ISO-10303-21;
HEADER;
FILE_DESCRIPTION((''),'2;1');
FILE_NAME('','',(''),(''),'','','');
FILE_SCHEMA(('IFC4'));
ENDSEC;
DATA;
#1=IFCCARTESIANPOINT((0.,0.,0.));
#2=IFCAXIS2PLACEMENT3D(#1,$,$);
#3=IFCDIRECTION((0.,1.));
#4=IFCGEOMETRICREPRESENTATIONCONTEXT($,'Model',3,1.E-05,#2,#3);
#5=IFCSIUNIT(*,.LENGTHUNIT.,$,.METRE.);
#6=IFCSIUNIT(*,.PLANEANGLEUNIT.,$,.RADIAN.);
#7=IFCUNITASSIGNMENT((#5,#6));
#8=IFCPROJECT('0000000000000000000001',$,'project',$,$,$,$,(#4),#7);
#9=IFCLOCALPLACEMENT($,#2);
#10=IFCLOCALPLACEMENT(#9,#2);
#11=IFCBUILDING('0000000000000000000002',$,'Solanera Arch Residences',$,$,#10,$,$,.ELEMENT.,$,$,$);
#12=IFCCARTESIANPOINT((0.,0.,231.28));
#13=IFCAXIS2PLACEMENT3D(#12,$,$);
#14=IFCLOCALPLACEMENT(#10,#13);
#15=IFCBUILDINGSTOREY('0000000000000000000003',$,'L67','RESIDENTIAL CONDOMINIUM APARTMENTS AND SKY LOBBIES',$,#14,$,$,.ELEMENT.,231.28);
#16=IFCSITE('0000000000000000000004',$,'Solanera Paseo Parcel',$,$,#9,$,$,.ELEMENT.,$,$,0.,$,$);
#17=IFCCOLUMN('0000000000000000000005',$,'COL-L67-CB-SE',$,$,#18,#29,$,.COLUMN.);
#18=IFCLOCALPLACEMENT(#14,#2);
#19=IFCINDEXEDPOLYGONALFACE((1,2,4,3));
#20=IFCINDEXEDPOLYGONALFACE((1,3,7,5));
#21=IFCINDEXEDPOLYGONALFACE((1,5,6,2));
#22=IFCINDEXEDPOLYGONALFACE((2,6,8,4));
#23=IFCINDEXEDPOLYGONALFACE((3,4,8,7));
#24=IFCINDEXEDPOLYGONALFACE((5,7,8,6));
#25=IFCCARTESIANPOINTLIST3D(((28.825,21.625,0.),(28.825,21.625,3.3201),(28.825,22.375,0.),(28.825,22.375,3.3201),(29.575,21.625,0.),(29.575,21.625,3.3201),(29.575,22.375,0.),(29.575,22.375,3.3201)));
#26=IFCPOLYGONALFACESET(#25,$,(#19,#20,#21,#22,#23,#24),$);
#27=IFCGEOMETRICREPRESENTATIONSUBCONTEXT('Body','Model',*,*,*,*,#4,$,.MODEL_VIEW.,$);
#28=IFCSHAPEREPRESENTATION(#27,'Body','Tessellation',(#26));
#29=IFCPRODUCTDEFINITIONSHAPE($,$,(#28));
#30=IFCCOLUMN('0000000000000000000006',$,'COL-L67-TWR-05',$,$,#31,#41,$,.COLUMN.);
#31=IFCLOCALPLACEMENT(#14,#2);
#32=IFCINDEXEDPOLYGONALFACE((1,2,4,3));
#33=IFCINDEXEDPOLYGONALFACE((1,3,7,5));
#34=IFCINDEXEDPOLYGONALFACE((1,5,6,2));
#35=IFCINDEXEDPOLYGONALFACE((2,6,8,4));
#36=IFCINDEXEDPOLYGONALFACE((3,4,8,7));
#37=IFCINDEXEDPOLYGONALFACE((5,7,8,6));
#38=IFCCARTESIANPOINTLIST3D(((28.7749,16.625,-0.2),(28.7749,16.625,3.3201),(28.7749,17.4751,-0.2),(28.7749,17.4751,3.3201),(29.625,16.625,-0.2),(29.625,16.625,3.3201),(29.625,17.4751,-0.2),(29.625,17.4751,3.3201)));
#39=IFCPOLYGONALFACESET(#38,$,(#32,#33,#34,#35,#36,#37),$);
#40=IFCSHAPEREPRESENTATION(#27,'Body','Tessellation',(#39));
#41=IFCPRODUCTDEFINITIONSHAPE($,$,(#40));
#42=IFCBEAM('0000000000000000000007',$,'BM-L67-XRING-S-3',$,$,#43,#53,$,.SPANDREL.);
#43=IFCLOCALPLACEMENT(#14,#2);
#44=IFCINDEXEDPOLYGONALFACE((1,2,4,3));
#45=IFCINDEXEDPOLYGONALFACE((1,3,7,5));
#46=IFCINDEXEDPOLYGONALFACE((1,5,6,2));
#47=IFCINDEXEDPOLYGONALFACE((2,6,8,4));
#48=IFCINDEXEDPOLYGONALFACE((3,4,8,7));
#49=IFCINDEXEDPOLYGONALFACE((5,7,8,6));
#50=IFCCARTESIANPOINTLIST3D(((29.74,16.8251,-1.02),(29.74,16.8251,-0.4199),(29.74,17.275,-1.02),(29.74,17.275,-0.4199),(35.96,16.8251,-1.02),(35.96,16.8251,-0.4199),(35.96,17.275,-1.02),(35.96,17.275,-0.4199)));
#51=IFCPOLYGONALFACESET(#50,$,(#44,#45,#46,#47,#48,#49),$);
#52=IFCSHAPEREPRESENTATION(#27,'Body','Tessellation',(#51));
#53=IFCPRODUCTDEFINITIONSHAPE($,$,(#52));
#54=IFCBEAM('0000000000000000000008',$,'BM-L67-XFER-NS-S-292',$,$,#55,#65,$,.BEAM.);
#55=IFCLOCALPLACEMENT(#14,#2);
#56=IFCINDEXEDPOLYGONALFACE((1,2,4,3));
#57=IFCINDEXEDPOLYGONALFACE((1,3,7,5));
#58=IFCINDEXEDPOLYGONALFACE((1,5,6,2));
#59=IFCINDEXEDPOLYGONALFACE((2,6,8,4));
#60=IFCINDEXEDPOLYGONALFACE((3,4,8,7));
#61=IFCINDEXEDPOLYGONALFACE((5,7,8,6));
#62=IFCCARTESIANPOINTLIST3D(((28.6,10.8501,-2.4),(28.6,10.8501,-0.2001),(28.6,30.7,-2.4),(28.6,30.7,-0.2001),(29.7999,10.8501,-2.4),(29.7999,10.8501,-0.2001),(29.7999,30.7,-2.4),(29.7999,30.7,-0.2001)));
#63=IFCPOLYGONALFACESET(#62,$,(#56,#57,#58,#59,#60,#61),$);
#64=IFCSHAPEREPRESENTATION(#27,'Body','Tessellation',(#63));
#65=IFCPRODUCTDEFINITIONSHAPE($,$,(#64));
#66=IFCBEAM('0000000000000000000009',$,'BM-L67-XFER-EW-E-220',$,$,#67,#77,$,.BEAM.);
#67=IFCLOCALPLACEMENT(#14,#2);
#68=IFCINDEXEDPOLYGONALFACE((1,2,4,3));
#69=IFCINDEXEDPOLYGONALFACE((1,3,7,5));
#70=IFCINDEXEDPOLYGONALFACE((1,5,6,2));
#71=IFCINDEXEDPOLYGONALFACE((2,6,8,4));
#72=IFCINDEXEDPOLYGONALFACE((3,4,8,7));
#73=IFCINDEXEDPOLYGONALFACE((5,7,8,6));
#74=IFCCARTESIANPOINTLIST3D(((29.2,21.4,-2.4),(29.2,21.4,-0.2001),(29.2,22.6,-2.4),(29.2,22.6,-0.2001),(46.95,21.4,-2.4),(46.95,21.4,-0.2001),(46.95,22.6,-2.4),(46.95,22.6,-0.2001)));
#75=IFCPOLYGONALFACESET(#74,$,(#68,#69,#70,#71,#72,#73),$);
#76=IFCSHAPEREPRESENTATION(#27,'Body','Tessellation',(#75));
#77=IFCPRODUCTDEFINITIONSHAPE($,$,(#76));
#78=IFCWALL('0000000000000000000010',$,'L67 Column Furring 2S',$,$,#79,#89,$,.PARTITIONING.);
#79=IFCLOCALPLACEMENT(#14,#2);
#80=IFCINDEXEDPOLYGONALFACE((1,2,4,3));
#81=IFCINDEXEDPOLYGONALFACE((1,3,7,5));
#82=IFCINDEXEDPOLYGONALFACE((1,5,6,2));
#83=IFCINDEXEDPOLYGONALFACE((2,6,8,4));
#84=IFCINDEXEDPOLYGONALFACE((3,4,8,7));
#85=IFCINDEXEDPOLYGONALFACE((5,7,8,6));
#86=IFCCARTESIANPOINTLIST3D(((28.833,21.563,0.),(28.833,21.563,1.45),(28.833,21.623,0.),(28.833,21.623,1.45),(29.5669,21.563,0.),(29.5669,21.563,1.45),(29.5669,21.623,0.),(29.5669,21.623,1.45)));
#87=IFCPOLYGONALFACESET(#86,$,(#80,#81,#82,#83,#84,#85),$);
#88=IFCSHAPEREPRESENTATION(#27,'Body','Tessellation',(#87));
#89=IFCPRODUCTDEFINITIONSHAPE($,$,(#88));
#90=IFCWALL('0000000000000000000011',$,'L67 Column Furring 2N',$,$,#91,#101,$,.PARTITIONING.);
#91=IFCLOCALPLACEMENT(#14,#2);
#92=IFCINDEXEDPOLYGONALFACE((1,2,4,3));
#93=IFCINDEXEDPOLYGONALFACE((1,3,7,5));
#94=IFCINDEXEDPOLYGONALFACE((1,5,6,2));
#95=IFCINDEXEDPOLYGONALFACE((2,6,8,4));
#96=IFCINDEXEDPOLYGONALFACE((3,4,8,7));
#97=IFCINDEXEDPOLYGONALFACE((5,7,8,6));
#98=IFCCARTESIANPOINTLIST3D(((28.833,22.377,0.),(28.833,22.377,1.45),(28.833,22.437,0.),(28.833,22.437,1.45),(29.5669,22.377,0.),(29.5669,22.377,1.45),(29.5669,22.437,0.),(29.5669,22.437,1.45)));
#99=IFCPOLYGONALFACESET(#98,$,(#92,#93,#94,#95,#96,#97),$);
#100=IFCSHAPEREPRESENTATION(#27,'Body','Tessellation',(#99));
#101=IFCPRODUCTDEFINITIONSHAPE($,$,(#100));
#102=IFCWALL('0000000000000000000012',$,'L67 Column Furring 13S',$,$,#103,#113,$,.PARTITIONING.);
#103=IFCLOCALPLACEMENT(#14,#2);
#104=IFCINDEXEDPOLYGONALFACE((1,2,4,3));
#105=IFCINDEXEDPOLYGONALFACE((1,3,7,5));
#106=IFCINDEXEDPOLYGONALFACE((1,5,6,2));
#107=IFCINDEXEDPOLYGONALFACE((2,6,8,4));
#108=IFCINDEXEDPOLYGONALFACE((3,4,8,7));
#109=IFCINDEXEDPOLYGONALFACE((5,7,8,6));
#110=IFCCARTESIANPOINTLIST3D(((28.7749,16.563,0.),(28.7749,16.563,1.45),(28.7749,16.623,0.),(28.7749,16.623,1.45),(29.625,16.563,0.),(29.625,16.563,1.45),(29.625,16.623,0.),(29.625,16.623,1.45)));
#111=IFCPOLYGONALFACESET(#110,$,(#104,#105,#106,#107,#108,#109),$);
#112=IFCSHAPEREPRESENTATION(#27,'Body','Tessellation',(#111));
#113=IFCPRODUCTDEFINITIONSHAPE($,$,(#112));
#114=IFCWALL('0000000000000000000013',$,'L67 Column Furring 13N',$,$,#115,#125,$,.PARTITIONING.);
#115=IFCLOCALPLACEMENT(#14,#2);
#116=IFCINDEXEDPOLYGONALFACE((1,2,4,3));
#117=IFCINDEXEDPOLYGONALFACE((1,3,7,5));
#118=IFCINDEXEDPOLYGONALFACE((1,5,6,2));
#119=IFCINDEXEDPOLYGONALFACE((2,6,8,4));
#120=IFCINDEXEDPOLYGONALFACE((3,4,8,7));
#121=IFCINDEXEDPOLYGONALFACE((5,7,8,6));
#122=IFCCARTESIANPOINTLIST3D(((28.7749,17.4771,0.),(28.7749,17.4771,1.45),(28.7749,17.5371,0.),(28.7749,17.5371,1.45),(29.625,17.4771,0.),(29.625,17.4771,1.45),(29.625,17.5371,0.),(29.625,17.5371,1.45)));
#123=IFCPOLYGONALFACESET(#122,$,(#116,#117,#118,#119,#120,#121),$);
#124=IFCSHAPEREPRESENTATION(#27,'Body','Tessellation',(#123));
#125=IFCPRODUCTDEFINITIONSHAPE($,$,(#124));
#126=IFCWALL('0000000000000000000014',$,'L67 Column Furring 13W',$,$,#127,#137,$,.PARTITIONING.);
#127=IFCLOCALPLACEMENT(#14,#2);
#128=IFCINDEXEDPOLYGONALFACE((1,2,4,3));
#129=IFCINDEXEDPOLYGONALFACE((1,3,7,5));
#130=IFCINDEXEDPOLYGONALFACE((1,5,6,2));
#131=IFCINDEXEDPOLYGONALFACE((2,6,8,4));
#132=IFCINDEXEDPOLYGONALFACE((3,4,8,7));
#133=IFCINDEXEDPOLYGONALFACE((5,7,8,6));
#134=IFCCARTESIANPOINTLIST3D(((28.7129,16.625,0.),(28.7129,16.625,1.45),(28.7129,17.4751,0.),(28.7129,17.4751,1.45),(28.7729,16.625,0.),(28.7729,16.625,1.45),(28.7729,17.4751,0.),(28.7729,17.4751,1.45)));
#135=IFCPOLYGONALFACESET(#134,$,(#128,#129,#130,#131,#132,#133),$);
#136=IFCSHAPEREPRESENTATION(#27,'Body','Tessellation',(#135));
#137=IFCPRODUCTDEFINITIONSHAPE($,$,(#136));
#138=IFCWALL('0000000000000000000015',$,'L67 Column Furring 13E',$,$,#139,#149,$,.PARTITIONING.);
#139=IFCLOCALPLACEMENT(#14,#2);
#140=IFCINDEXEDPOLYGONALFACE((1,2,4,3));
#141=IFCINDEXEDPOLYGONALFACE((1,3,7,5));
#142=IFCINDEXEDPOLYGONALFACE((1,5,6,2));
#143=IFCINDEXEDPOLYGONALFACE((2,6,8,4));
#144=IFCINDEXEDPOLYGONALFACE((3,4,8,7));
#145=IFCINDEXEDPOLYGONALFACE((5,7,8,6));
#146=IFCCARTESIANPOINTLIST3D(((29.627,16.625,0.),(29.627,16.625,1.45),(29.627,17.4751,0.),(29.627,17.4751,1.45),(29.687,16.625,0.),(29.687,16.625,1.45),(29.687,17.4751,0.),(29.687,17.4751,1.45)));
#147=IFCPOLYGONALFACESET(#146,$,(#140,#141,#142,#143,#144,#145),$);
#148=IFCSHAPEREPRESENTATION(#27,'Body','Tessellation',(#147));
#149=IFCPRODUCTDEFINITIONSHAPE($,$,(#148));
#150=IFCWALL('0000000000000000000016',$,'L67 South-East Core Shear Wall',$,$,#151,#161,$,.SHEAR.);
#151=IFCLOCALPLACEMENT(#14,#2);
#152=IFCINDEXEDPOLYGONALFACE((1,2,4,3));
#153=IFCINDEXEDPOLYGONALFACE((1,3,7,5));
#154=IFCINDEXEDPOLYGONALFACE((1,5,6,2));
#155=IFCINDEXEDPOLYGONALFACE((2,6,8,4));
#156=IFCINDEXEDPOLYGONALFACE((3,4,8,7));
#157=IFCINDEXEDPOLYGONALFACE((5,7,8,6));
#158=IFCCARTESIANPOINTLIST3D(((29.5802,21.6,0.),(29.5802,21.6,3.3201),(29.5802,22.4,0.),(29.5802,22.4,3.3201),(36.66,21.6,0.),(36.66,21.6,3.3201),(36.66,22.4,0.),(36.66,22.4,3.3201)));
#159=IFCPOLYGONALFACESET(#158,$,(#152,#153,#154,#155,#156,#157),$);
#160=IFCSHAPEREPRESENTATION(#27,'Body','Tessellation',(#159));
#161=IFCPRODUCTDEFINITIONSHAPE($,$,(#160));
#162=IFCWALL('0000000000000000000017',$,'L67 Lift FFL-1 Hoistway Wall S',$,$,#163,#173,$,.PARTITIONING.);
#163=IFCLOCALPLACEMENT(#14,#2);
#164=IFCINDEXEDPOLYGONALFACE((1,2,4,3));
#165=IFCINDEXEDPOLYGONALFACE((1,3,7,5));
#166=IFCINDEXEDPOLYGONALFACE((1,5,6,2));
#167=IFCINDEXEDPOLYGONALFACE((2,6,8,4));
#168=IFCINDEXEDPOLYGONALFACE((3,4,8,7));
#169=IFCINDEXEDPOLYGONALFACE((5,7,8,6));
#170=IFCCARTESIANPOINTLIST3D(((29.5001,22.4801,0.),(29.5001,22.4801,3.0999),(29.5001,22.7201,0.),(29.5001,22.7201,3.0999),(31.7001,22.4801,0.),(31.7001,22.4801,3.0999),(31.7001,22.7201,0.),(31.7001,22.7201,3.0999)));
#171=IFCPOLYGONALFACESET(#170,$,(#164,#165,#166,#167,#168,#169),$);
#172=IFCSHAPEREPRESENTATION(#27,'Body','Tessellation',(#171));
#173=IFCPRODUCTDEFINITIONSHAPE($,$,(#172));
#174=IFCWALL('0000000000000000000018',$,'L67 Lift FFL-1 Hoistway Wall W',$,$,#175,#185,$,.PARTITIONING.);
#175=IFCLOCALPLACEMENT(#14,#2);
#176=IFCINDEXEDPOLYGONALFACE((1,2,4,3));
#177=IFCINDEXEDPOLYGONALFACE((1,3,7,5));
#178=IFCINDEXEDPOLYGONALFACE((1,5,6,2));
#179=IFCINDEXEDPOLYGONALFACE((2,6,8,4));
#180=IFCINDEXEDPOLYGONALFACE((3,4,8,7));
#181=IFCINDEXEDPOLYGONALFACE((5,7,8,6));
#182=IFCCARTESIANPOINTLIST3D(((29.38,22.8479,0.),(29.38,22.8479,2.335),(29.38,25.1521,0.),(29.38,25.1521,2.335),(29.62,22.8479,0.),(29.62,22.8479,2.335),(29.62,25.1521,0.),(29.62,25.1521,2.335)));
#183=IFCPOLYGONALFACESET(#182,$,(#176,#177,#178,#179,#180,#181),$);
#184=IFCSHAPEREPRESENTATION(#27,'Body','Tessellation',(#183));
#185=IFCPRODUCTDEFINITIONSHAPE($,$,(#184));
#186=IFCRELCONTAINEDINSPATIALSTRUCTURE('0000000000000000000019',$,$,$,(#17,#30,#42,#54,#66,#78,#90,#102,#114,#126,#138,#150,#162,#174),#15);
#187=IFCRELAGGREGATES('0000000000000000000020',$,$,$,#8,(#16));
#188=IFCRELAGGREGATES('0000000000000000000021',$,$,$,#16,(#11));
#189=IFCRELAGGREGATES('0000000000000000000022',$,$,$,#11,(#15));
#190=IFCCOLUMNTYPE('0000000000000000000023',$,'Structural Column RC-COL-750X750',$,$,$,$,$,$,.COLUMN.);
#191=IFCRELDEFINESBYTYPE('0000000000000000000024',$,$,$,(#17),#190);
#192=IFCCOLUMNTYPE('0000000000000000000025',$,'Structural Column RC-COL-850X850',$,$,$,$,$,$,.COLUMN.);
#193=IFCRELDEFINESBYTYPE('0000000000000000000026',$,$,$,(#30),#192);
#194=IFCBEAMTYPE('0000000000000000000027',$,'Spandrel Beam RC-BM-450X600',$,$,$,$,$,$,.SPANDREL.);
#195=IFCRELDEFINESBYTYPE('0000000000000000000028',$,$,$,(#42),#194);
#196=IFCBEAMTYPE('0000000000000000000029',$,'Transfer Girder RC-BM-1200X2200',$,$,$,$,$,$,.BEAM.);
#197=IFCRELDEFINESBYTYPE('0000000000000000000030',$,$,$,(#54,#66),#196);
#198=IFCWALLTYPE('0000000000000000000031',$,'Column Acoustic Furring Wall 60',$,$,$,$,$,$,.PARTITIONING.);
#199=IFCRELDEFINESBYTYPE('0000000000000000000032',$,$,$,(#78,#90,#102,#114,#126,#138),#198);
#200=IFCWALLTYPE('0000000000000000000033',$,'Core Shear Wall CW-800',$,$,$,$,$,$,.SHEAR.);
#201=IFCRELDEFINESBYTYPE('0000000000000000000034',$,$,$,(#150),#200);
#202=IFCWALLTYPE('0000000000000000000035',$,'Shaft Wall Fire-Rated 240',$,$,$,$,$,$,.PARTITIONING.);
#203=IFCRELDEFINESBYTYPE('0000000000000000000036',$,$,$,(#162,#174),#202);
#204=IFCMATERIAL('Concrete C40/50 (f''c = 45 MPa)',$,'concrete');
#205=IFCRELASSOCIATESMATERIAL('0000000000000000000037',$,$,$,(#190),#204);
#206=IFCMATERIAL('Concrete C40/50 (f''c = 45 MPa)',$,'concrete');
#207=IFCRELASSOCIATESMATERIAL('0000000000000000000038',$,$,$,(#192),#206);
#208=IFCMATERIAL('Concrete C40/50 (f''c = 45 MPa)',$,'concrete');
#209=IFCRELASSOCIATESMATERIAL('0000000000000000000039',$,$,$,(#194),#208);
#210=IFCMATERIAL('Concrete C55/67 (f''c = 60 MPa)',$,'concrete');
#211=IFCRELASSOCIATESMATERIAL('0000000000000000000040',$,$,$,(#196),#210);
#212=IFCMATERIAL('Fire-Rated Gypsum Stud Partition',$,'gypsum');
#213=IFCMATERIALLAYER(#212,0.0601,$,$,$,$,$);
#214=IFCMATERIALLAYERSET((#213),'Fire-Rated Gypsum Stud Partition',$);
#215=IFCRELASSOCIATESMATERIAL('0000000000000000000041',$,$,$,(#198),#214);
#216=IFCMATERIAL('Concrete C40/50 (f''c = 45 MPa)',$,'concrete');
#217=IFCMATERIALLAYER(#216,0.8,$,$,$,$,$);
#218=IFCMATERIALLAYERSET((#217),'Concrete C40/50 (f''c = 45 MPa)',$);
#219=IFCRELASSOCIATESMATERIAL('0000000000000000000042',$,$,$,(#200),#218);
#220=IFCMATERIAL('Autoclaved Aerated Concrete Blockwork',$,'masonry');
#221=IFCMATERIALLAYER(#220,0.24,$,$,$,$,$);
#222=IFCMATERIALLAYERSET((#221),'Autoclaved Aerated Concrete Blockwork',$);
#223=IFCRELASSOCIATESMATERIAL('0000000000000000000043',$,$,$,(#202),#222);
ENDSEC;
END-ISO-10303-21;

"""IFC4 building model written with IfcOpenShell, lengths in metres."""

from ifc_helpers import new_model, si_unit, direction, frame, frame_2d, origin, origin_2d, place, context, subcontext, project, spatial, rectangle, extrude, material, layer, layer_set, material_profile, profile_set, type_object, element, save


model = new_model("IFC4")

# Units and contexts
model_context = context("Model", 3, precision=1e-05, world=origin(), true_north=direction((0.0, 1.0)))
body_context = subcontext(model_context, "Body", "Model", "MODEL_VIEW")
ifc_project = project(units=[si_unit("LENGTHUNIT", "METRE"), si_unit("PLANEANGLEUNIT", "RADIAN")], contexts=[model_context])

# Site, building, storey
site_placement = place(None, origin())
site = spatial("IfcSite", under=ifc_project, at=site_placement, Name="Solanera Paseo Parcel", CompositionType="ELEMENT", RefElevation=0.0)
building_placement = place(site_placement, origin())
building = spatial("IfcBuilding", under=site, at=building_placement, Name="Solanera Arch Residences", CompositionType="ELEMENT")
storey_placement = place(building_placement, frame((0.0, 0.0, 231.28)))
storey = spatial("IfcBuildingStorey", under=building, at=storey_placement, Name="L67", Description="RESIDENTIAL CONDOMINIUM APARTMENTS AND SKY LOBBIES", CompositionType="ELEMENT", Elevation=231.28)

# Columns
ifc_material_1 = material(Name="Concrete C40/50 (f'c = 45 MPa)", Category="concrete")
ifc_material_profile_1 = material_profile(ifc_material_1, rectangle(XDim=0.75, YDim=0.75, at=origin_2d()))
ifc_profile_set_1 = profile_set([ifc_material_profile_1], Name="Concrete C40/50 (f'c = 45 MPa)")
column_type_1 = type_object("IfcColumnType", Name="Structural Column RC-COL-750X750", PredefinedType="COLUMN", material=ifc_profile_set_1)
column_1_placement = place(storey_placement, frame((29.2, 22.0, 0.0), z_axis=(0.0, 0.0, 1.0), x_axis=(1.0, 0.0, 0.0)))
element("IfcColumn", 1, at=column_1_placement, inside=storey, type_object=column_type_1, Name="COL-L67-CB-SE", PredefinedType="COLUMN", context=body_context, shape_type="SweptSolid", body=[
    extrude(rectangle(XDim=0.75, YDim=0.75, at=origin_2d()), origin(), (0.0, 0.0, 1.0), 3.3201),
])
ifc_material_2 = material(Name="Concrete C40/50 (f'c = 45 MPa)", Category="concrete")
ifc_material_profile_2 = material_profile(ifc_material_2, rectangle(XDim=0.8501, YDim=0.8501, at=origin_2d()))
ifc_profile_set_2 = profile_set([ifc_material_profile_2], Name="Concrete C40/50 (f'c = 45 MPa)")
column_type_2 = type_object("IfcColumnType", Name="Structural Column RC-COL-850X850", PredefinedType="COLUMN", material=ifc_profile_set_2)
column_2_placement = place(storey_placement, frame((29.2, 17.05, -0.2), z_axis=(0.0, 0.0, 1.0), x_axis=(1.0, 0.0, 0.0)))
element("IfcColumn", 2, at=column_2_placement, inside=storey, type_object=column_type_2, Name="COL-L67-TWR-05", PredefinedType="COLUMN", context=body_context, shape_type="SweptSolid", body=[
    extrude(rectangle(XDim=0.8501, YDim=0.8501, at=origin_2d()), origin(), (0.0, 0.0, 1.0), 3.52),
])

# Beams
ifc_material_3 = material(Name="Concrete C40/50 (f'c = 45 MPa)", Category="concrete")
ifc_material_profile_3 = material_profile(ifc_material_3, rectangle(XDim=0.45, YDim=0.6001, at=origin_2d()))
ifc_profile_set_3 = profile_set([ifc_material_profile_3], Name="Concrete C40/50 (f'c = 45 MPa)")
beam_type_1 = type_object("IfcBeamType", Name="Spandrel Beam RC-BM-450X600", PredefinedType="SPANDREL", material=ifc_profile_set_3)
beam_1_placement = place(storey_placement, frame((29.74, 17.05, -0.72), z_axis=(1.0, 0.0, 0.0), x_axis=(0.0, 1.0, 0.0)))
element("IfcBeam", 3, at=beam_1_placement, inside=storey, type_object=beam_type_1, Name="BM-L67-XRING-S-3", PredefinedType="SPANDREL", context=body_context, shape_type="SweptSolid", body=[
    extrude(rectangle(XDim=0.45, YDim=0.6001, at=origin_2d()), origin(), (0.0, 0.0, 1.0), 6.22),
])
ifc_material_4 = material(Name="Concrete C55/67 (f'c = 60 MPa)", Category="concrete")
ifc_material_profile_4 = material_profile(ifc_material_4, rectangle(XDim=1.2, YDim=2.2, at=origin_2d()))
ifc_profile_set_4 = profile_set([ifc_material_profile_4], Name="Concrete C55/67 (f'c = 60 MPa)")
beam_type_2 = type_object("IfcBeamType", Name="Transfer Girder RC-BM-1200X2200", PredefinedType="BEAM", material=ifc_profile_set_4)
beam_2_placement = place(storey_placement, frame((29.2, 10.8501, -1.3), z_axis=(0.0, 1.0, 0.0), x_axis=(-1.0, 0.0, 0.0)))
element("IfcBeam", 4, at=beam_2_placement, inside=storey, type_object=beam_type_2, Name="BM-L67-XFER-NS-S-292", PredefinedType="BEAM", context=body_context, shape_type="SweptSolid", body=[
    extrude(rectangle(XDim=1.2, YDim=2.2, at=origin_2d()), origin(), (0.0, 0.0, 1.0), 19.8499),
])
beam_3_placement = place(storey_placement, frame((29.2, 22.0, -1.3), z_axis=(1.0, 0.0, 0.0), x_axis=(0.0, 1.0, 0.0)))
element("IfcBeam", 5, at=beam_3_placement, inside=storey, type_object=beam_type_2, Name="BM-L67-XFER-EW-E-220", PredefinedType="BEAM", context=body_context, shape_type="SweptSolid", body=[
    extrude(rectangle(XDim=1.2, YDim=2.2, at=origin_2d()), origin(), (0.0, 0.0, 1.0), 17.75),
])

# Walls
ifc_material_5 = material(Name="Fire-Rated Gypsum Stud Partition", Category="gypsum")
ifc_layer_1 = layer(ifc_material_5, 0.0601)
ifc_layer_set_1 = layer_set([ifc_layer_1], Name="Fire-Rated Gypsum Stud Partition")
wall_type_1 = type_object("IfcWallType", Name="Column Acoustic Furring Wall 60", PredefinedType="PARTITIONING", material=ifc_layer_set_1)
for number, where, z_axis, x_axis, name in (
    (6, (28.833, 21.593, 0.0), (0.0, 0.0, 1.0), (1.0, 0.0, 0.0), "L67 Column Furring 2S"),
    (7, (28.833, 22.407, 0.0), (0.0, 0.0, 1.0), (1.0, 0.0, 0.0), "L67 Column Furring 2N"),
):
    element("IfcWall", number, at=place(storey_placement, frame(where, z_axis=z_axis, x_axis=x_axis)), inside=storey, type_object=wall_type_1, Name=name, PredefinedType="PARTITIONING", context=body_context, shape_type="SweptSolid", body=[
        extrude(rectangle(XDim=0.7339, YDim=0.0601, at=frame_2d((0.3669, 0.0))), origin(), (0.0, 0.0, 1.0), 1.45),
    ])
for number, where, z_axis, x_axis, name in (
    (8, (28.7749, 16.593, 0.0), (0.0, 0.0, 1.0), (1.0, 0.0, 0.0), "L67 Column Furring 13S"),
    (9, (28.7749, 17.5071, 0.0), (0.0, 0.0, 1.0), (1.0, 0.0, 0.0), "L67 Column Furring 13N"),
    (10, (28.7429, 16.625, 0.0), (0.0, 0.0, 1.0), (0.0, 1.0, 0.0), "L67 Column Furring 13W"),
    (11, (29.657, 16.625, 0.0), (0.0, 0.0, 1.0), (0.0, 1.0, 0.0), "L67 Column Furring 13E"),
):
    element("IfcWall", number, at=place(storey_placement, frame(where, z_axis=z_axis, x_axis=x_axis)), inside=storey, type_object=wall_type_1, Name=name, PredefinedType="PARTITIONING", context=body_context, shape_type="SweptSolid", body=[
        extrude(rectangle(XDim=0.8501, YDim=0.0601, at=frame_2d((0.425, 0.0))), origin(), (0.0, 0.0, 1.0), 1.45),
    ])
ifc_material_6 = material(Name="Concrete C40/50 (f'c = 45 MPa)", Category="concrete")
ifc_layer_2 = layer(ifc_material_6, 0.8)
ifc_layer_set_2 = layer_set([ifc_layer_2], Name="Concrete C40/50 (f'c = 45 MPa)")
wall_type_2 = type_object("IfcWallType", Name="Core Shear Wall CW-800", PredefinedType="SHEAR", material=ifc_layer_set_2)
wall_1_placement = place(storey_placement, frame((29.5801, 22.0, 0.0), z_axis=(0.0, 0.0, 1.0), x_axis=(1.0, 0.0, 0.0)))
element("IfcWall", 12, at=wall_1_placement, inside=storey, type_object=wall_type_2, Name="L67 South-East Core Shear Wall", PredefinedType="SHEAR", context=body_context, shape_type="SweptSolid", body=[
    extrude(rectangle(XDim=7.0798, YDim=0.8, at=frame_2d((3.54, 0.0))), origin(), (0.0, 0.0, 1.0), 3.3201),
])
ifc_material_7 = material(Name="Autoclaved Aerated Concrete Blockwork", Category="masonry")
ifc_layer_3 = layer(ifc_material_7, 0.24)
ifc_layer_set_3 = layer_set([ifc_layer_3], Name="Autoclaved Aerated Concrete Blockwork")
wall_type_3 = type_object("IfcWallType", Name="Shaft Wall Fire-Rated 240", PredefinedType="PARTITIONING", material=ifc_layer_set_3)
wall_2_placement = place(storey_placement, frame((29.5, 22.6001, 0.0), z_axis=(0.0, 0.0, 1.0), x_axis=(1.0, 0.0, 0.0)))
element("IfcWall", 13, at=wall_2_placement, inside=storey, type_object=wall_type_3, Name="L67 Lift FFL-1 Hoistway Wall S", PredefinedType="PARTITIONING", context=body_context, shape_type="SweptSolid", body=[
    extrude(rectangle(XDim=2.2, YDim=0.24, at=frame_2d((1.1001, 0.0))), origin(), (0.0, 0.0, 1.0), 3.0999),
])
wall_3_placement = place(storey_placement, frame((29.5, 22.8479, 0.0), z_axis=(0.0, 0.0, 1.0), x_axis=(0.0, 1.0, 0.0)))
element("IfcWall", 14, at=wall_3_placement, inside=storey, type_object=wall_type_3, Name="L67 Lift FFL-1 Hoistway Wall W", PredefinedType="PARTITIONING", context=body_context, shape_type="SweptSolid", body=[
    extrude(rectangle(XDim=2.3042, YDim=0.24, at=frame_2d((1.1521, 0.0))), origin(), (0.0, 0.0, 1.0), 2.335),
])

save(model, "model.ifc")
